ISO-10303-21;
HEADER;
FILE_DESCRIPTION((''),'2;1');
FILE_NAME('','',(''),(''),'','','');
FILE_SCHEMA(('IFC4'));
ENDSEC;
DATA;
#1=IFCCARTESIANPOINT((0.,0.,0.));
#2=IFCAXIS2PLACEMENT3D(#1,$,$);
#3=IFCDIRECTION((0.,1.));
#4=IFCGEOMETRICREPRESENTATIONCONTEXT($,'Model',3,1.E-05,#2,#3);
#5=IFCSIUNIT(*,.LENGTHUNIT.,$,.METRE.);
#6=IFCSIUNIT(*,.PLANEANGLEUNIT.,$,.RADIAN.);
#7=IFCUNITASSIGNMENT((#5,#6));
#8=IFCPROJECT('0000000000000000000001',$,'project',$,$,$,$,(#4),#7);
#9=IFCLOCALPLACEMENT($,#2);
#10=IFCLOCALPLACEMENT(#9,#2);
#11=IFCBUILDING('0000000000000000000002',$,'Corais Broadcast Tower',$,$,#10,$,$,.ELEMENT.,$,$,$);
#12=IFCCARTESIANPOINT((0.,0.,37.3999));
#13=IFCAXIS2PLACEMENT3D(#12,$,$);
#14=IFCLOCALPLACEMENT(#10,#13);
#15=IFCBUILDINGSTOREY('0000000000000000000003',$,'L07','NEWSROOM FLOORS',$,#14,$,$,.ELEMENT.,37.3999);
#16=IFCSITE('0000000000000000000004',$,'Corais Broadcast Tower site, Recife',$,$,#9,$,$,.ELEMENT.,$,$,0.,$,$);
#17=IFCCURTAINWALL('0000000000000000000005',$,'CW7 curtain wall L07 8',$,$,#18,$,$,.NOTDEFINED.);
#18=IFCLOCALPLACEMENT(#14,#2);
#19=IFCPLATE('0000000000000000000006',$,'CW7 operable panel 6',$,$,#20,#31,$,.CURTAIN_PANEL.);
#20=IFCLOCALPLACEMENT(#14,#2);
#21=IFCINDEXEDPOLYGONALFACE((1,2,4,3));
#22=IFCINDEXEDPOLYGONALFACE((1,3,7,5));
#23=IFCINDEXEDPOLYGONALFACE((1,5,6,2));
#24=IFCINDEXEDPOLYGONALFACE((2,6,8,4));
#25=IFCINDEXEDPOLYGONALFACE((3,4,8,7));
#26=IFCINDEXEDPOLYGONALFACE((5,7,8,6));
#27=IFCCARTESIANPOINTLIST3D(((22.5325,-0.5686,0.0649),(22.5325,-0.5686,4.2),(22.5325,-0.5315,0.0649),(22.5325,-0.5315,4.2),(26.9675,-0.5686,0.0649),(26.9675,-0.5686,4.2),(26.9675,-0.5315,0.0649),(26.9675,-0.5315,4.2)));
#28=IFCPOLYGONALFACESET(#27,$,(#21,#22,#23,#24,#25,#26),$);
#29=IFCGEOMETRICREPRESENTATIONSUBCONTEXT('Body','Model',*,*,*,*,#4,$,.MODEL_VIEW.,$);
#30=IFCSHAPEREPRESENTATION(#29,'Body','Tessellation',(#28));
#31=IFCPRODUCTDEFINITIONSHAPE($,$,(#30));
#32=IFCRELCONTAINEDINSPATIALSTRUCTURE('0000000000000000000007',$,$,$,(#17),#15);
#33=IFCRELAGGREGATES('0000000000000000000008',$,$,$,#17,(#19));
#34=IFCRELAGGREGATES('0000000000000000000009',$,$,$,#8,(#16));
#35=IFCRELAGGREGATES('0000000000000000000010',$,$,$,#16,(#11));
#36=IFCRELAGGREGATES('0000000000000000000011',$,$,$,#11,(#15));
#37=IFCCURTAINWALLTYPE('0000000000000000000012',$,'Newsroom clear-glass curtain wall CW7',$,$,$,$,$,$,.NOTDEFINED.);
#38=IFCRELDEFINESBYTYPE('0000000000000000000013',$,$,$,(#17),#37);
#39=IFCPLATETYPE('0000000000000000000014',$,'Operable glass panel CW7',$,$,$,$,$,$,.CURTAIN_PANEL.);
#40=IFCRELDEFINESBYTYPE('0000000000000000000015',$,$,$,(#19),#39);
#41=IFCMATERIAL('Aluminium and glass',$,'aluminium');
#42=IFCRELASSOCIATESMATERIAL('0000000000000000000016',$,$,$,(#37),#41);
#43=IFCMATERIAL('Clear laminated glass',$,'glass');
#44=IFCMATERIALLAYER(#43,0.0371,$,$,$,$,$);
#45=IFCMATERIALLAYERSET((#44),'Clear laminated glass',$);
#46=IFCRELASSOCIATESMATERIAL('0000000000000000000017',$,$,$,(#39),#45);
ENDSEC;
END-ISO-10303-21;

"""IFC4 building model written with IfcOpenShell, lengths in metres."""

from ifc_helpers import new_model, si_unit, direction, frame, origin, origin_2d, place, context, subcontext, project, spatial, rectangle, extrude, material, layer, layer_set, type_object, element, aggregate, save


model = new_model("IFC4")

# Units and contexts
model_context = context("Model", 3, precision=1e-05, world=origin(), true_north=direction((0.0, 1.0)))
body_context = subcontext(model_context, "Body", "Model", "MODEL_VIEW")
ifc_project = project(units=[si_unit("LENGTHUNIT", "METRE"), si_unit("PLANEANGLEUNIT", "RADIAN")], contexts=[model_context])

# Site, building, storey
site_placement = place(None, origin())
site = spatial("IfcSite", under=ifc_project, at=site_placement, Name="Corais Broadcast Tower site, Recife", CompositionType="ELEMENT", RefElevation=0.0)
building_placement = place(site_placement, origin())
building = spatial("IfcBuilding", under=site, at=building_placement, Name="Corais Broadcast Tower", CompositionType="ELEMENT")
storey_placement = place(building_placement, frame((0.0, 0.0, 37.3999)))
storey = spatial("IfcBuildingStorey", under=building, at=storey_placement, Name="L07", Description="NEWSROOM FLOORS", CompositionType="ELEMENT", Elevation=37.3999)

# Curtain wall
ifc_material_1 = material(Name="Aluminium and glass", Category="aluminium")
curtain_wall_type = type_object("IfcCurtainWallType", Name="Newsroom clear-glass curtain wall CW7", PredefinedType="NOTDEFINED", material=ifc_material_1)
curtain_wall_placement = place(storey_placement, origin())
curtain_wall = element("IfcCurtainWall", 1, at=curtain_wall_placement, inside=storey, type_object=curtain_wall_type, Name="CW7 curtain wall L07 8", PredefinedType="NOTDEFINED")

# Plate
ifc_material_2 = material(Name="Clear laminated glass", Category="glass")
ifc_layer_1 = layer(ifc_material_2, 0.0371)
ifc_layer_set_1 = layer_set([ifc_layer_1], Name="Clear laminated glass")
plate_type_1 = type_object("IfcPlateType", Name="Operable glass panel CW7", PredefinedType="CURTAIN_PANEL", material=ifc_layer_set_1)
plate_1_placement = place(storey_placement, frame((24.75, -0.55, 0.0649), z_axis=(0.0, 0.0, 1.0), x_axis=(-1.0, 0.0, 0.0)))
plate_1 = element("IfcPlate", 2, at=plate_1_placement, type_object=plate_type_1, Name="CW7 operable panel 6", PredefinedType="CURTAIN_PANEL", context=body_context, shape_type="SweptSolid", body=[
    extrude(rectangle(XDim=4.4351, YDim=0.0371, at=origin_2d()), origin(), (0.0, 0.0, 1.0), 4.135),
])
aggregate(curtain_wall, [plate_1])

save(model, "model.ifc")
